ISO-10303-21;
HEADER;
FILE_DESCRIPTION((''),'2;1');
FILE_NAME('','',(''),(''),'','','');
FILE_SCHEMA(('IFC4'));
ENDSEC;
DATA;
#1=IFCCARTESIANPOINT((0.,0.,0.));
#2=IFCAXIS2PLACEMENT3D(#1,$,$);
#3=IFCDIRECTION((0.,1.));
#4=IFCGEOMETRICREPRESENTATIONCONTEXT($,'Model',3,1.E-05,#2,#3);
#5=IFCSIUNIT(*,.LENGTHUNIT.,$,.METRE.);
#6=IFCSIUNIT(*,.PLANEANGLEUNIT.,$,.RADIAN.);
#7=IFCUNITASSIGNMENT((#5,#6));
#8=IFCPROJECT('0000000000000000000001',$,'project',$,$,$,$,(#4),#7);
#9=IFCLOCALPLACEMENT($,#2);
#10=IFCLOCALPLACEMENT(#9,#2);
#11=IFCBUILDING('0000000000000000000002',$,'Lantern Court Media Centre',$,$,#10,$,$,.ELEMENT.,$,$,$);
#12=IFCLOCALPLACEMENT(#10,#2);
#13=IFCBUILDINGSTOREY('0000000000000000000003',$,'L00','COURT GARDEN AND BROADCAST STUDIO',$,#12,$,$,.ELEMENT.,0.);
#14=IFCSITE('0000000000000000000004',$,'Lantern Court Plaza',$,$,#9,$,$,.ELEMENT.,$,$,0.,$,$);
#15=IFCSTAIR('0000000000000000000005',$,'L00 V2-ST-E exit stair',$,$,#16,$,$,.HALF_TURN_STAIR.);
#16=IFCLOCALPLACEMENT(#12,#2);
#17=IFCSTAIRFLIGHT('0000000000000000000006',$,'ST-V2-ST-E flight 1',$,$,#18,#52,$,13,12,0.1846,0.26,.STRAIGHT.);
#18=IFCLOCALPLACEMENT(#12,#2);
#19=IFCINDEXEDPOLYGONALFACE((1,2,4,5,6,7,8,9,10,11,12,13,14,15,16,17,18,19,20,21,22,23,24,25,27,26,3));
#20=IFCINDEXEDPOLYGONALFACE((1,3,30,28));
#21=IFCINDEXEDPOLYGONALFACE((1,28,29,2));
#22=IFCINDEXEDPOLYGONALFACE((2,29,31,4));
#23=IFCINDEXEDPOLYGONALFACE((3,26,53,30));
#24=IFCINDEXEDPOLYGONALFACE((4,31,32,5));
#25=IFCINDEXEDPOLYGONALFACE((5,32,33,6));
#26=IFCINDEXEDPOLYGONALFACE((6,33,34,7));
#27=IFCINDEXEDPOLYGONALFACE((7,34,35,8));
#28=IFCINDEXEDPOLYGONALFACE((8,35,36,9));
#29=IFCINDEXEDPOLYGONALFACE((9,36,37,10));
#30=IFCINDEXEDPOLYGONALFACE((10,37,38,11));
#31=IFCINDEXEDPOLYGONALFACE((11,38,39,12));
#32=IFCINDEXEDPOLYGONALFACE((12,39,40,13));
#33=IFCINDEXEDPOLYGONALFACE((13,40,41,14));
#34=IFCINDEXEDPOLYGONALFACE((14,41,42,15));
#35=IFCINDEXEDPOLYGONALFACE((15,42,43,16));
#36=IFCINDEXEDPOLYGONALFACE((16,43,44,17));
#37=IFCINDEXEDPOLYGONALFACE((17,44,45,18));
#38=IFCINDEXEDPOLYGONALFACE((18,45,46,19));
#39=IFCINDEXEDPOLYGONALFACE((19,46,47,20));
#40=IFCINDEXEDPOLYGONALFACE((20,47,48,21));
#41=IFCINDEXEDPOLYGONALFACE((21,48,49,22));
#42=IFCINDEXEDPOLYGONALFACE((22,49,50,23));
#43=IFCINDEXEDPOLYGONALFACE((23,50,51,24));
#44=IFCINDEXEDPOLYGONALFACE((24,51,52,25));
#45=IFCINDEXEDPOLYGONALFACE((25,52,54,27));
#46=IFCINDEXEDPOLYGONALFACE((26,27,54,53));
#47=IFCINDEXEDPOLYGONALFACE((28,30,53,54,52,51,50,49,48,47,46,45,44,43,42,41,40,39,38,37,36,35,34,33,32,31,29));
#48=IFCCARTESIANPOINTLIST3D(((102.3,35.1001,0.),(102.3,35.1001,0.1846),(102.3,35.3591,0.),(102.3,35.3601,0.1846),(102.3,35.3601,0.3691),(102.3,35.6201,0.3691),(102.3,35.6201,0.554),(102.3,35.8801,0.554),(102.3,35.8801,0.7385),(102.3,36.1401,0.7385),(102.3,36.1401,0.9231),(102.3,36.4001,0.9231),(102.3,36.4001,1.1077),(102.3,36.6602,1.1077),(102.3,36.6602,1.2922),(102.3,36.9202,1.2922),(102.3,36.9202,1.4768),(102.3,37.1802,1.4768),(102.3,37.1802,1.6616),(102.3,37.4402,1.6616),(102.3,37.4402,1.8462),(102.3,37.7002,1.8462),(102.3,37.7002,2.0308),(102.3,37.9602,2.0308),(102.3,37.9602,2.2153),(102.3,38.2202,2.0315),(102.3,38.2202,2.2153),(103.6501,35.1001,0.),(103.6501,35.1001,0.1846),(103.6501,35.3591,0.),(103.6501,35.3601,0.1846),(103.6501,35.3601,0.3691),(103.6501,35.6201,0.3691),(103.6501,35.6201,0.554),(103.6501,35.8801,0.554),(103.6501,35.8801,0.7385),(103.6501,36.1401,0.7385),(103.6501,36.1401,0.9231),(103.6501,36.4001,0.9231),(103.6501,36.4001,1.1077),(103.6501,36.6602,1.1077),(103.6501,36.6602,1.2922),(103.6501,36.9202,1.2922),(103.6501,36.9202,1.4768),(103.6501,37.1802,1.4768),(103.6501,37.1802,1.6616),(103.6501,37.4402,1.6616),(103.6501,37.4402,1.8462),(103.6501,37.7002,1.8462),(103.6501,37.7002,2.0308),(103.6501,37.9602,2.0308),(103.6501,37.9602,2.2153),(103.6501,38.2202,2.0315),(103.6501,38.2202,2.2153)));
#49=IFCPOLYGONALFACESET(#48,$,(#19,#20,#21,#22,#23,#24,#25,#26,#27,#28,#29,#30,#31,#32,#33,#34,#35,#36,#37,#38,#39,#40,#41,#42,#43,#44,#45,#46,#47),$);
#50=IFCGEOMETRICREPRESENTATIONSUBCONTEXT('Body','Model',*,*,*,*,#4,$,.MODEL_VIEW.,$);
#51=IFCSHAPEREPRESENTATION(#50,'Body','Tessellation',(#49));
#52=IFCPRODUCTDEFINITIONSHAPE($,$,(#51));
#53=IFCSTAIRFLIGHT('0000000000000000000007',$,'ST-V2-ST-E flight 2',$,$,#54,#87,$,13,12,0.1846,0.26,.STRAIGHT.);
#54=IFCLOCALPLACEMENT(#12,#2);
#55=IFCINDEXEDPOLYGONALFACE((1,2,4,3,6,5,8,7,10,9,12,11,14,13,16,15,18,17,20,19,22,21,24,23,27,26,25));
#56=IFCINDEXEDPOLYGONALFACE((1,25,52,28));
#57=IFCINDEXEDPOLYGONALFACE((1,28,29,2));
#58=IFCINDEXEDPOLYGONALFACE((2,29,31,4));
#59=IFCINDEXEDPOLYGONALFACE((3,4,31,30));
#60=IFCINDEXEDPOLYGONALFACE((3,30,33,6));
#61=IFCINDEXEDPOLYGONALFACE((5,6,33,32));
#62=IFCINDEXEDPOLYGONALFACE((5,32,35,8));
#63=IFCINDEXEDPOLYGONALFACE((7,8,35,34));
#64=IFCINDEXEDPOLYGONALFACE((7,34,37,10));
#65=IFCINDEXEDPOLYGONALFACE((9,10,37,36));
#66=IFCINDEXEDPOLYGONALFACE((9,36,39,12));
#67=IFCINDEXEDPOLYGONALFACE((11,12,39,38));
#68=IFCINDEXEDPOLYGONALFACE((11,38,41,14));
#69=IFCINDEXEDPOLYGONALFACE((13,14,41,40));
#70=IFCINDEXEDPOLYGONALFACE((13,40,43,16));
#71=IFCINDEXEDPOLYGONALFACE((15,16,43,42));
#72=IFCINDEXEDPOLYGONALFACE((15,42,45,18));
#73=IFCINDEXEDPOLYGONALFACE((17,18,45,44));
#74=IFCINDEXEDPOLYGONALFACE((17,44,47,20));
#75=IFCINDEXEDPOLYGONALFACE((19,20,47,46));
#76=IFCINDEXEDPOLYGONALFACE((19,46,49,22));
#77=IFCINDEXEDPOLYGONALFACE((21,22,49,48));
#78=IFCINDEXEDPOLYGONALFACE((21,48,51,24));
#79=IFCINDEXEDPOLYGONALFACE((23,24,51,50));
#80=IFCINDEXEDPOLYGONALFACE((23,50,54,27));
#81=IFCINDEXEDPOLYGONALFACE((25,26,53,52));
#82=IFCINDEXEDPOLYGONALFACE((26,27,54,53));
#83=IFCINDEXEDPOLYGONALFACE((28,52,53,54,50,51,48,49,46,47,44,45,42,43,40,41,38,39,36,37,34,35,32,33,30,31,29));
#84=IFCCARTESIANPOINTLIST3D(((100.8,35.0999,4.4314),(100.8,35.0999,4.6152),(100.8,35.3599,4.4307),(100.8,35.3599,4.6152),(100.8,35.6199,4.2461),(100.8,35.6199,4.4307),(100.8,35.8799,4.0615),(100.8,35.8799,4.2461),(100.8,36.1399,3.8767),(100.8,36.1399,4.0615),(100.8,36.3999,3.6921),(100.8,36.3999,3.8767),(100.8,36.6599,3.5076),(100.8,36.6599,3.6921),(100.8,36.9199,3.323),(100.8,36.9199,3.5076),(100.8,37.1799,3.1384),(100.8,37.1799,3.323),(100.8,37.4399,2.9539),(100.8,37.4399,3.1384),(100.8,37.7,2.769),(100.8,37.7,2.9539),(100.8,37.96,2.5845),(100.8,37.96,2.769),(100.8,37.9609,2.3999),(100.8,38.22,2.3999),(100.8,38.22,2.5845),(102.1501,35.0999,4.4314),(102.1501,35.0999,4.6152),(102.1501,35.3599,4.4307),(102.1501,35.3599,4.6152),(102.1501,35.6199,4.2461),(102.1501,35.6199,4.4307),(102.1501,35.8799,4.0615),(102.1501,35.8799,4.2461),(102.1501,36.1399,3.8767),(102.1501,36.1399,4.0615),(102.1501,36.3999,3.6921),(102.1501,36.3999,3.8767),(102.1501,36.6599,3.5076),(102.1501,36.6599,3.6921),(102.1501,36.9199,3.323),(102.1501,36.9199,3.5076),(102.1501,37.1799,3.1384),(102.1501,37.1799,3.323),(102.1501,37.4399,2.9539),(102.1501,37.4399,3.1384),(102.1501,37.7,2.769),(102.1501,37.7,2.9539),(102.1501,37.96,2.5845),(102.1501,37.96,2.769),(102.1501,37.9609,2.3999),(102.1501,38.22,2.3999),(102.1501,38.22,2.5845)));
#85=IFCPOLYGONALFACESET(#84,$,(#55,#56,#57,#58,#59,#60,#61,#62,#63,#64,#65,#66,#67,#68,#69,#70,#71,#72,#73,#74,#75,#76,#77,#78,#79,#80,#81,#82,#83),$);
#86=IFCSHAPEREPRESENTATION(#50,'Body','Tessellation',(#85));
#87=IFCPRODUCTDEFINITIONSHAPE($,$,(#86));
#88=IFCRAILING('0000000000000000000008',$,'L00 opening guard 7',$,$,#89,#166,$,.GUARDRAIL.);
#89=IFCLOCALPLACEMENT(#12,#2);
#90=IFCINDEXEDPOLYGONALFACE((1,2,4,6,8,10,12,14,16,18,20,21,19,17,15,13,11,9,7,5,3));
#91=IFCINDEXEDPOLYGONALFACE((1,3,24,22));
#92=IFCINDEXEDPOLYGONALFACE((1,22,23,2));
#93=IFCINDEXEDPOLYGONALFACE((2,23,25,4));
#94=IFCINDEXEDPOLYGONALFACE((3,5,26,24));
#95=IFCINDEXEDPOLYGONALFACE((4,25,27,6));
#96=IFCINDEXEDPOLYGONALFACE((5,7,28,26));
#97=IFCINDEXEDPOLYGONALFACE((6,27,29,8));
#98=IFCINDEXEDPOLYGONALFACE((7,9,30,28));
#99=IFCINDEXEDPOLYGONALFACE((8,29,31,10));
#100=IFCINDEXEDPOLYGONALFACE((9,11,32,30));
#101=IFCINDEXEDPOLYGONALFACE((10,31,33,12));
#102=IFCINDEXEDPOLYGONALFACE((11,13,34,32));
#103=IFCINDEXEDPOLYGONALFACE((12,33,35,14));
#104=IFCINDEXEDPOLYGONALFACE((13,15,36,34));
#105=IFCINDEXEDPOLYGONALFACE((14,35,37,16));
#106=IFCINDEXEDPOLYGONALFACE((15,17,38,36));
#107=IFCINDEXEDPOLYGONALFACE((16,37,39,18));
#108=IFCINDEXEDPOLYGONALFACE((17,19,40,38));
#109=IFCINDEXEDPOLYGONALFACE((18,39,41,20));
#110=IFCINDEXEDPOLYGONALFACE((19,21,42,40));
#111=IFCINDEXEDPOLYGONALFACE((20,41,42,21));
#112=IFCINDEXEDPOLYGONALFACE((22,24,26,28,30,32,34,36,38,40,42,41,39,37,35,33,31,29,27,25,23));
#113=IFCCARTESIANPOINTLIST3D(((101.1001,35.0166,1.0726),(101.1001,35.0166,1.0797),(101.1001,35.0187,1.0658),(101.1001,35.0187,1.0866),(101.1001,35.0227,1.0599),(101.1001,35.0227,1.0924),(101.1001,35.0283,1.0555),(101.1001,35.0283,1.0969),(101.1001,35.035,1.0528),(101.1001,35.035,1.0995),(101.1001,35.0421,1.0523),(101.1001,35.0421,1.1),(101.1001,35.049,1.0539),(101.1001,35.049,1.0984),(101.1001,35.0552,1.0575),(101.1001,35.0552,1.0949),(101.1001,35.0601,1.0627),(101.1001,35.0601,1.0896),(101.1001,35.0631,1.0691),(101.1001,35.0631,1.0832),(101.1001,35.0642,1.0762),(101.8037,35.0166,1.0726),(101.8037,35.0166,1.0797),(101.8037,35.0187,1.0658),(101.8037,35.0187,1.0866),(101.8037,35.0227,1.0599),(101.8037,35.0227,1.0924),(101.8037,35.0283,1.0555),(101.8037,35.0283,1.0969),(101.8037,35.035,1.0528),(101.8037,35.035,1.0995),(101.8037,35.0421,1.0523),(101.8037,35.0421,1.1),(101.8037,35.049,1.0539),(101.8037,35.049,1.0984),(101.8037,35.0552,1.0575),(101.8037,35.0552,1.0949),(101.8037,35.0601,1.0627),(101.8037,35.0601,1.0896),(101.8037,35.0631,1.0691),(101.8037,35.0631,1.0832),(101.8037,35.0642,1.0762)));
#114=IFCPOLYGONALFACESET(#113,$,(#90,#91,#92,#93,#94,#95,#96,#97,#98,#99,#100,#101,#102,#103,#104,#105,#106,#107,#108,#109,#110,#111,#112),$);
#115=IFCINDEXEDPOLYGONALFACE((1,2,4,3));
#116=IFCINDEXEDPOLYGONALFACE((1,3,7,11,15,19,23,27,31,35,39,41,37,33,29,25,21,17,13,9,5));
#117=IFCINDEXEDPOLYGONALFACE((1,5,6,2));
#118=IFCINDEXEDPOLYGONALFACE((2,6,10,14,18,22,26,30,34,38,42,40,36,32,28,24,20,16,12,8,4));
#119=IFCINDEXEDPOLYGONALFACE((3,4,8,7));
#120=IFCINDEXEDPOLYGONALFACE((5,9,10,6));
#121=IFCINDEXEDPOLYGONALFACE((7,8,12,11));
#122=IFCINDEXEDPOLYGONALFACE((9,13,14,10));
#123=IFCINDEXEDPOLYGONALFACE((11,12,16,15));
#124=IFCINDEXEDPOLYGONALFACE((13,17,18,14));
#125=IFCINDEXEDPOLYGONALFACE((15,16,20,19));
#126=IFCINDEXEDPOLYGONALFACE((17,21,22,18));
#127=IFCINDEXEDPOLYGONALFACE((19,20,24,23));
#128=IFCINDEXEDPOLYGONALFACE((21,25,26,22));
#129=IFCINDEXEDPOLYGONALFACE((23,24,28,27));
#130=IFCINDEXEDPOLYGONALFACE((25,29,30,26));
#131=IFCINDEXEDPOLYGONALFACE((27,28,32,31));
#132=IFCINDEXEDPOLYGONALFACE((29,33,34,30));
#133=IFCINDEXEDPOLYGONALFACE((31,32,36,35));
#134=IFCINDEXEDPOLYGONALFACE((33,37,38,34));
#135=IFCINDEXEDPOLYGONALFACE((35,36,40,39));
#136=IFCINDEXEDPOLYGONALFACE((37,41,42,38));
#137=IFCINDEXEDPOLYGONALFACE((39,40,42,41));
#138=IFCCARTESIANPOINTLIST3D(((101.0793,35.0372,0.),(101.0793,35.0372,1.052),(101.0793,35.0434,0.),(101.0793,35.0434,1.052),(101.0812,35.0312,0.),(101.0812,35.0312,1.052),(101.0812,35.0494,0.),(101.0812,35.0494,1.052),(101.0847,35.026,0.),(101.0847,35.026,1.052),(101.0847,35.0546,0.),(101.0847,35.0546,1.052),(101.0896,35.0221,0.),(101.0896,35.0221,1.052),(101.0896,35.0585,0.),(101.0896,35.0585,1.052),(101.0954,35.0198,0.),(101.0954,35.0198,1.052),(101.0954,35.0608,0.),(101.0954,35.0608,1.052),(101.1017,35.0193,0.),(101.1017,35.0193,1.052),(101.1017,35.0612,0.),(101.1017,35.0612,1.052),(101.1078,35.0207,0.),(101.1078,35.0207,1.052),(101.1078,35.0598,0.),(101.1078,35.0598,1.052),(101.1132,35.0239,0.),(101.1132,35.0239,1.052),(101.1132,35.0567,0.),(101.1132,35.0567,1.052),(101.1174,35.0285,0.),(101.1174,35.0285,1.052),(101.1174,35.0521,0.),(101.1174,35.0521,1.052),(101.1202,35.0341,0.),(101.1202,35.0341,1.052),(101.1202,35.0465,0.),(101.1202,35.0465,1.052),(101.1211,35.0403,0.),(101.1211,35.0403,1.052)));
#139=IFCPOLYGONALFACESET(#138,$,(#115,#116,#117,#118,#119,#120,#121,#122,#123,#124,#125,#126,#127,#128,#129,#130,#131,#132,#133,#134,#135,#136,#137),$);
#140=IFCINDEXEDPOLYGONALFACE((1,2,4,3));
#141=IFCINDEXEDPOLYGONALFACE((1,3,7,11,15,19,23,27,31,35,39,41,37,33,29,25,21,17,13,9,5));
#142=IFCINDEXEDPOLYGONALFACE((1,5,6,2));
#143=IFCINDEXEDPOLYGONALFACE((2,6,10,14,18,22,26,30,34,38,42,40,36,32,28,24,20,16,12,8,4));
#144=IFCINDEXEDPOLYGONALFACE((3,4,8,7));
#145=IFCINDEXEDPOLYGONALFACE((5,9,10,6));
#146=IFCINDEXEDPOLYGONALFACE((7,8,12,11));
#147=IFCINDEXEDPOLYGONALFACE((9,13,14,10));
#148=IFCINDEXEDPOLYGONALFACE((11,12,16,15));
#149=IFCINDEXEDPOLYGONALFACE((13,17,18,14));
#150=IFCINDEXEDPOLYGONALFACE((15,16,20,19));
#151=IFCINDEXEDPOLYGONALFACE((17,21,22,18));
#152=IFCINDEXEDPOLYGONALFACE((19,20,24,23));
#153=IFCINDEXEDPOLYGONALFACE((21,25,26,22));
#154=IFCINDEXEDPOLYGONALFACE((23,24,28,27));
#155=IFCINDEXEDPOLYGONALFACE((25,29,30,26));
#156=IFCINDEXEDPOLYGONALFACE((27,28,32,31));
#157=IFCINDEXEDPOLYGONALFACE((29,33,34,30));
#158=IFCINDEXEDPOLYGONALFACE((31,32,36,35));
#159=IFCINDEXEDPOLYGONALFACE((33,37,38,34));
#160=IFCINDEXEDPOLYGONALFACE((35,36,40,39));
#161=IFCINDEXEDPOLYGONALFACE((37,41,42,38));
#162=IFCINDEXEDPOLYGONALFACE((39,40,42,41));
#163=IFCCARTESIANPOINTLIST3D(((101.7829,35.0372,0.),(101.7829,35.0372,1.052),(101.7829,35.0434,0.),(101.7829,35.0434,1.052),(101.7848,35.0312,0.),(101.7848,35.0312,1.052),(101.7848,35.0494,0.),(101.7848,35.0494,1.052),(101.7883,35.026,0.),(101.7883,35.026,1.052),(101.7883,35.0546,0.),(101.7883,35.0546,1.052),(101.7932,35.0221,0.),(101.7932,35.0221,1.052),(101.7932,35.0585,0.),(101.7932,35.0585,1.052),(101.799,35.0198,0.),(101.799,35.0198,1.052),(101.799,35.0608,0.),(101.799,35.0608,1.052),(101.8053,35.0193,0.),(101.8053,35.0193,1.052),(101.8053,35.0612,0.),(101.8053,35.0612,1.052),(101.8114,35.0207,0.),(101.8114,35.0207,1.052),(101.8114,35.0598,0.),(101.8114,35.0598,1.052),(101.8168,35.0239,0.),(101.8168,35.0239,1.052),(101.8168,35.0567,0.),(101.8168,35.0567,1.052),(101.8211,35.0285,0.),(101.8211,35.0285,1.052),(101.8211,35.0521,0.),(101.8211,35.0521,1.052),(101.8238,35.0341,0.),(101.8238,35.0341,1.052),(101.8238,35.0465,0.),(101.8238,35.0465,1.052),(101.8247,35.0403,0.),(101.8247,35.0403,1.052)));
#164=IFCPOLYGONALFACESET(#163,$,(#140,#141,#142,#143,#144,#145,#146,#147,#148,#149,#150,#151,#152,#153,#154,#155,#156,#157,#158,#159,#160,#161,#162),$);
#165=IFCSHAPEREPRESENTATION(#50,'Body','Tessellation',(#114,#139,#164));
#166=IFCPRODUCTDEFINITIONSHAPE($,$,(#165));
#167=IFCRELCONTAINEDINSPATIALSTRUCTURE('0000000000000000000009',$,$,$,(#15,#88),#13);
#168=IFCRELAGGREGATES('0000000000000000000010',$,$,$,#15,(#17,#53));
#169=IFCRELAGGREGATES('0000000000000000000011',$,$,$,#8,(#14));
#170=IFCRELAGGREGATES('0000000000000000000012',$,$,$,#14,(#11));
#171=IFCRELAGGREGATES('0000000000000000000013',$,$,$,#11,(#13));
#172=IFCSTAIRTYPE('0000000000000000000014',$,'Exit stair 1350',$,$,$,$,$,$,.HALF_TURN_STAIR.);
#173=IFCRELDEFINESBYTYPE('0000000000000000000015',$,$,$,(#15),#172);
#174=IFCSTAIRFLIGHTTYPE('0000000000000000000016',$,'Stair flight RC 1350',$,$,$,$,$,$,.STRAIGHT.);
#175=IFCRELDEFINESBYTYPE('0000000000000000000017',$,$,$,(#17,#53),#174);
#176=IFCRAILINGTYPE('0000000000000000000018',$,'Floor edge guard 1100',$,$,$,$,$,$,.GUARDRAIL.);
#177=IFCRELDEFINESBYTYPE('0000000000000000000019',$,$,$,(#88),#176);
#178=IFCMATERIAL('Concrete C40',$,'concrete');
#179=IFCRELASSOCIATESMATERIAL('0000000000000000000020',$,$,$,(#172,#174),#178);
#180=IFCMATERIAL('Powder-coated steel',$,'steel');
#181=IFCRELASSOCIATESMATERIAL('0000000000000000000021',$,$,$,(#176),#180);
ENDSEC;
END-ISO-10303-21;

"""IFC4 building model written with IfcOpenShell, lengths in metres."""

from ifc_helpers import new_model, si_unit, direction, frame, origin, origin_2d, place, context, subcontext, project, spatial, polyline, circle, outline, extrude, material, type_object, element, aggregate, save


model = new_model("IFC4")

# Units and contexts
model_context = context("Model", 3, precision=1e-05, world=origin(), true_north=direction((0.0, 1.0)))
body_context = subcontext(model_context, "Body", "Model", "MODEL_VIEW")
ifc_project = project(units=[si_unit("LENGTHUNIT", "METRE"), si_unit("PLANEANGLEUNIT", "RADIAN")], contexts=[model_context])

# Site, building, storey
site_placement = place(None, origin())
site = spatial("IfcSite", under=ifc_project, at=site_placement, Name="Lantern Court Plaza", CompositionType="ELEMENT", RefElevation=0.0)
building_placement = place(site_placement, origin())
building = spatial("IfcBuilding", under=site, at=building_placement, Name="Lantern Court Media Centre", CompositionType="ELEMENT")
storey_placement = place(building_placement, origin())
storey = spatial("IfcBuildingStorey", under=building, at=storey_placement, Name="L00", Description="COURT GARDEN AND BROADCAST STUDIO", CompositionType="ELEMENT", Elevation=0.0)

# Shared definitions
ifc_material_1 = material(Name="Concrete C40", Category="concrete")

# Stair, stair flights
stair_type = type_object("IfcStairType", Name="Exit stair 1350", PredefinedType="HALF_TURN_STAIR", material=ifc_material_1)
stair_placement = place(storey_placement, origin())
stair = element("IfcStair", 1, at=stair_placement, inside=storey, type_object=stair_type, Name="L00 V2-ST-E exit stair", PredefinedType="HALF_TURN_STAIR")
stair_flight_type = type_object("IfcStairFlightType", Name="Stair flight RC 1350", PredefinedType="STRAIGHT", material=ifc_material_1)
stair_flight_1_placement = place(storey_placement, frame((102.9751, 35.1001, 0.0), z_axis=(0.0, 0.0, 1.0), x_axis=(0.0, 1.0, 0.0)))
stair_flight_1 = element("IfcStairFlight", 2, at=stair_flight_1_placement, type_object=stair_flight_type, Name="ST-V2-ST-E flight 1", NumberOfRisers=13, NumberOfTreads=12, PredefinedType="STRAIGHT", RiserHeight=0.1846, TreadLength=0.26, context=body_context, shape_type="SweptSolid", body=[
    extrude(outline(polyline([(0.0, 0.0), (0.0, 0.1846), (0.26, 0.1846), (0.26, 0.3691), (0.52, 0.3691), (0.52, 0.554), (0.78, 0.554), (0.78, 0.7385), (1.04, 0.7385), (1.04, 0.9231), (1.3, 0.9231), (1.3, 1.1077), (1.5601, 1.1077), (1.5601, 1.2922), (1.8201, 1.2922), (1.8201, 1.4768), (2.0801, 1.4768), (2.0801, 1.6616), (2.3401, 1.6616), (2.3401, 1.8462), (2.6001, 1.8462), (2.6001, 2.0308), (2.8601, 2.0308), (2.8601, 2.2153), (3.1201, 2.2153), (3.1201, 2.3999), (3.1201, 2.0315), (0.259, 0.0), (0.0, 0.0)])), frame((0.0, 0.675, 0.0), z_axis=(0.0, -1.0, 0.0), x_axis=(1.0, 0.0, 0.0)), (0.0, 0.0, 1.0), 1.3501),
])
stair_flight_2_placement = place(storey_placement, frame((101.4751, 38.22, 2.3999), z_axis=(0.0, 0.0, 1.0), x_axis=(0.0, -1.0, 0.0)))
stair_flight_2 = element("IfcStairFlight", 3, at=stair_flight_2_placement, type_object=stair_flight_type, Name="ST-V2-ST-E flight 2", NumberOfRisers=13, NumberOfTreads=12, PredefinedType="STRAIGHT", RiserHeight=0.1846, TreadLength=0.26, context=body_context, shape_type="SweptSolid", body=[
    extrude(outline(polyline([(0.0, 0.0), (0.0, 0.1846), (0.26, 0.1846), (0.26, 0.3691), (0.52, 0.3691), (0.52, 0.554), (0.78, 0.554), (0.78, 0.7385), (1.04, 0.7385), (1.04, 0.9231), (1.3, 0.9231), (1.3, 1.1077), (1.5601, 1.1077), (1.5601, 1.2922), (1.8201, 1.2922), (1.8201, 1.4768), (2.0801, 1.4768), (2.0801, 1.6616), (2.3401, 1.6616), (2.3401, 1.8462), (2.6001, 1.8462), (2.6001, 2.0308), (2.8601, 2.0308), (2.8601, 2.2153), (3.1201, 2.2153), (3.1201, 2.3999), (3.1201, 2.0315), (0.259, 0.0), (0.0, 0.0)])), frame((0.0, 0.675, 0.0), z_axis=(0.0, -1.0, 0.0), x_axis=(1.0, 0.0, 0.0)), (0.0, 0.0, 1.0), 1.3501),
])
aggregate(stair, [stair_flight_1, stair_flight_2])

# Railing
ifc_material_2 = material(Name="Powder-coated steel", Category="steel")
railing_type_1 = type_object("IfcRailingType", Name="Floor edge guard 1100", PredefinedType="GUARDRAIL", material=ifc_material_2)
railing_1_placement = place(storey_placement, frame((101.1001, 35.0403, 0.0)))
element("IfcRailing", 4, at=railing_1_placement, inside=storey, type_object=railing_type_1, Name="L00 opening guard 7", PredefinedType="GUARDRAIL", context=body_context, shape_type="SweptSolid", body=[
    extrude(circle(Radius=0.0239, at=origin_2d()), frame((0.0, 0.0, 1.0762), z_axis=(1.0, 0.0, 0.0), x_axis=(0.0, 1.0, 0.0)), (0.0, 0.0, 1.0), 0.7036),
    extrude(circle(Radius=0.021, at=origin_2d()), origin(), (0.0, 0.0, 1.0), 1.052),
    extrude(circle(Radius=0.021, at=origin_2d()), frame((0.7036, 0.0, 0.0)), (0.0, 0.0, 1.0), 1.052),
])

save(model, "model.ifc")
